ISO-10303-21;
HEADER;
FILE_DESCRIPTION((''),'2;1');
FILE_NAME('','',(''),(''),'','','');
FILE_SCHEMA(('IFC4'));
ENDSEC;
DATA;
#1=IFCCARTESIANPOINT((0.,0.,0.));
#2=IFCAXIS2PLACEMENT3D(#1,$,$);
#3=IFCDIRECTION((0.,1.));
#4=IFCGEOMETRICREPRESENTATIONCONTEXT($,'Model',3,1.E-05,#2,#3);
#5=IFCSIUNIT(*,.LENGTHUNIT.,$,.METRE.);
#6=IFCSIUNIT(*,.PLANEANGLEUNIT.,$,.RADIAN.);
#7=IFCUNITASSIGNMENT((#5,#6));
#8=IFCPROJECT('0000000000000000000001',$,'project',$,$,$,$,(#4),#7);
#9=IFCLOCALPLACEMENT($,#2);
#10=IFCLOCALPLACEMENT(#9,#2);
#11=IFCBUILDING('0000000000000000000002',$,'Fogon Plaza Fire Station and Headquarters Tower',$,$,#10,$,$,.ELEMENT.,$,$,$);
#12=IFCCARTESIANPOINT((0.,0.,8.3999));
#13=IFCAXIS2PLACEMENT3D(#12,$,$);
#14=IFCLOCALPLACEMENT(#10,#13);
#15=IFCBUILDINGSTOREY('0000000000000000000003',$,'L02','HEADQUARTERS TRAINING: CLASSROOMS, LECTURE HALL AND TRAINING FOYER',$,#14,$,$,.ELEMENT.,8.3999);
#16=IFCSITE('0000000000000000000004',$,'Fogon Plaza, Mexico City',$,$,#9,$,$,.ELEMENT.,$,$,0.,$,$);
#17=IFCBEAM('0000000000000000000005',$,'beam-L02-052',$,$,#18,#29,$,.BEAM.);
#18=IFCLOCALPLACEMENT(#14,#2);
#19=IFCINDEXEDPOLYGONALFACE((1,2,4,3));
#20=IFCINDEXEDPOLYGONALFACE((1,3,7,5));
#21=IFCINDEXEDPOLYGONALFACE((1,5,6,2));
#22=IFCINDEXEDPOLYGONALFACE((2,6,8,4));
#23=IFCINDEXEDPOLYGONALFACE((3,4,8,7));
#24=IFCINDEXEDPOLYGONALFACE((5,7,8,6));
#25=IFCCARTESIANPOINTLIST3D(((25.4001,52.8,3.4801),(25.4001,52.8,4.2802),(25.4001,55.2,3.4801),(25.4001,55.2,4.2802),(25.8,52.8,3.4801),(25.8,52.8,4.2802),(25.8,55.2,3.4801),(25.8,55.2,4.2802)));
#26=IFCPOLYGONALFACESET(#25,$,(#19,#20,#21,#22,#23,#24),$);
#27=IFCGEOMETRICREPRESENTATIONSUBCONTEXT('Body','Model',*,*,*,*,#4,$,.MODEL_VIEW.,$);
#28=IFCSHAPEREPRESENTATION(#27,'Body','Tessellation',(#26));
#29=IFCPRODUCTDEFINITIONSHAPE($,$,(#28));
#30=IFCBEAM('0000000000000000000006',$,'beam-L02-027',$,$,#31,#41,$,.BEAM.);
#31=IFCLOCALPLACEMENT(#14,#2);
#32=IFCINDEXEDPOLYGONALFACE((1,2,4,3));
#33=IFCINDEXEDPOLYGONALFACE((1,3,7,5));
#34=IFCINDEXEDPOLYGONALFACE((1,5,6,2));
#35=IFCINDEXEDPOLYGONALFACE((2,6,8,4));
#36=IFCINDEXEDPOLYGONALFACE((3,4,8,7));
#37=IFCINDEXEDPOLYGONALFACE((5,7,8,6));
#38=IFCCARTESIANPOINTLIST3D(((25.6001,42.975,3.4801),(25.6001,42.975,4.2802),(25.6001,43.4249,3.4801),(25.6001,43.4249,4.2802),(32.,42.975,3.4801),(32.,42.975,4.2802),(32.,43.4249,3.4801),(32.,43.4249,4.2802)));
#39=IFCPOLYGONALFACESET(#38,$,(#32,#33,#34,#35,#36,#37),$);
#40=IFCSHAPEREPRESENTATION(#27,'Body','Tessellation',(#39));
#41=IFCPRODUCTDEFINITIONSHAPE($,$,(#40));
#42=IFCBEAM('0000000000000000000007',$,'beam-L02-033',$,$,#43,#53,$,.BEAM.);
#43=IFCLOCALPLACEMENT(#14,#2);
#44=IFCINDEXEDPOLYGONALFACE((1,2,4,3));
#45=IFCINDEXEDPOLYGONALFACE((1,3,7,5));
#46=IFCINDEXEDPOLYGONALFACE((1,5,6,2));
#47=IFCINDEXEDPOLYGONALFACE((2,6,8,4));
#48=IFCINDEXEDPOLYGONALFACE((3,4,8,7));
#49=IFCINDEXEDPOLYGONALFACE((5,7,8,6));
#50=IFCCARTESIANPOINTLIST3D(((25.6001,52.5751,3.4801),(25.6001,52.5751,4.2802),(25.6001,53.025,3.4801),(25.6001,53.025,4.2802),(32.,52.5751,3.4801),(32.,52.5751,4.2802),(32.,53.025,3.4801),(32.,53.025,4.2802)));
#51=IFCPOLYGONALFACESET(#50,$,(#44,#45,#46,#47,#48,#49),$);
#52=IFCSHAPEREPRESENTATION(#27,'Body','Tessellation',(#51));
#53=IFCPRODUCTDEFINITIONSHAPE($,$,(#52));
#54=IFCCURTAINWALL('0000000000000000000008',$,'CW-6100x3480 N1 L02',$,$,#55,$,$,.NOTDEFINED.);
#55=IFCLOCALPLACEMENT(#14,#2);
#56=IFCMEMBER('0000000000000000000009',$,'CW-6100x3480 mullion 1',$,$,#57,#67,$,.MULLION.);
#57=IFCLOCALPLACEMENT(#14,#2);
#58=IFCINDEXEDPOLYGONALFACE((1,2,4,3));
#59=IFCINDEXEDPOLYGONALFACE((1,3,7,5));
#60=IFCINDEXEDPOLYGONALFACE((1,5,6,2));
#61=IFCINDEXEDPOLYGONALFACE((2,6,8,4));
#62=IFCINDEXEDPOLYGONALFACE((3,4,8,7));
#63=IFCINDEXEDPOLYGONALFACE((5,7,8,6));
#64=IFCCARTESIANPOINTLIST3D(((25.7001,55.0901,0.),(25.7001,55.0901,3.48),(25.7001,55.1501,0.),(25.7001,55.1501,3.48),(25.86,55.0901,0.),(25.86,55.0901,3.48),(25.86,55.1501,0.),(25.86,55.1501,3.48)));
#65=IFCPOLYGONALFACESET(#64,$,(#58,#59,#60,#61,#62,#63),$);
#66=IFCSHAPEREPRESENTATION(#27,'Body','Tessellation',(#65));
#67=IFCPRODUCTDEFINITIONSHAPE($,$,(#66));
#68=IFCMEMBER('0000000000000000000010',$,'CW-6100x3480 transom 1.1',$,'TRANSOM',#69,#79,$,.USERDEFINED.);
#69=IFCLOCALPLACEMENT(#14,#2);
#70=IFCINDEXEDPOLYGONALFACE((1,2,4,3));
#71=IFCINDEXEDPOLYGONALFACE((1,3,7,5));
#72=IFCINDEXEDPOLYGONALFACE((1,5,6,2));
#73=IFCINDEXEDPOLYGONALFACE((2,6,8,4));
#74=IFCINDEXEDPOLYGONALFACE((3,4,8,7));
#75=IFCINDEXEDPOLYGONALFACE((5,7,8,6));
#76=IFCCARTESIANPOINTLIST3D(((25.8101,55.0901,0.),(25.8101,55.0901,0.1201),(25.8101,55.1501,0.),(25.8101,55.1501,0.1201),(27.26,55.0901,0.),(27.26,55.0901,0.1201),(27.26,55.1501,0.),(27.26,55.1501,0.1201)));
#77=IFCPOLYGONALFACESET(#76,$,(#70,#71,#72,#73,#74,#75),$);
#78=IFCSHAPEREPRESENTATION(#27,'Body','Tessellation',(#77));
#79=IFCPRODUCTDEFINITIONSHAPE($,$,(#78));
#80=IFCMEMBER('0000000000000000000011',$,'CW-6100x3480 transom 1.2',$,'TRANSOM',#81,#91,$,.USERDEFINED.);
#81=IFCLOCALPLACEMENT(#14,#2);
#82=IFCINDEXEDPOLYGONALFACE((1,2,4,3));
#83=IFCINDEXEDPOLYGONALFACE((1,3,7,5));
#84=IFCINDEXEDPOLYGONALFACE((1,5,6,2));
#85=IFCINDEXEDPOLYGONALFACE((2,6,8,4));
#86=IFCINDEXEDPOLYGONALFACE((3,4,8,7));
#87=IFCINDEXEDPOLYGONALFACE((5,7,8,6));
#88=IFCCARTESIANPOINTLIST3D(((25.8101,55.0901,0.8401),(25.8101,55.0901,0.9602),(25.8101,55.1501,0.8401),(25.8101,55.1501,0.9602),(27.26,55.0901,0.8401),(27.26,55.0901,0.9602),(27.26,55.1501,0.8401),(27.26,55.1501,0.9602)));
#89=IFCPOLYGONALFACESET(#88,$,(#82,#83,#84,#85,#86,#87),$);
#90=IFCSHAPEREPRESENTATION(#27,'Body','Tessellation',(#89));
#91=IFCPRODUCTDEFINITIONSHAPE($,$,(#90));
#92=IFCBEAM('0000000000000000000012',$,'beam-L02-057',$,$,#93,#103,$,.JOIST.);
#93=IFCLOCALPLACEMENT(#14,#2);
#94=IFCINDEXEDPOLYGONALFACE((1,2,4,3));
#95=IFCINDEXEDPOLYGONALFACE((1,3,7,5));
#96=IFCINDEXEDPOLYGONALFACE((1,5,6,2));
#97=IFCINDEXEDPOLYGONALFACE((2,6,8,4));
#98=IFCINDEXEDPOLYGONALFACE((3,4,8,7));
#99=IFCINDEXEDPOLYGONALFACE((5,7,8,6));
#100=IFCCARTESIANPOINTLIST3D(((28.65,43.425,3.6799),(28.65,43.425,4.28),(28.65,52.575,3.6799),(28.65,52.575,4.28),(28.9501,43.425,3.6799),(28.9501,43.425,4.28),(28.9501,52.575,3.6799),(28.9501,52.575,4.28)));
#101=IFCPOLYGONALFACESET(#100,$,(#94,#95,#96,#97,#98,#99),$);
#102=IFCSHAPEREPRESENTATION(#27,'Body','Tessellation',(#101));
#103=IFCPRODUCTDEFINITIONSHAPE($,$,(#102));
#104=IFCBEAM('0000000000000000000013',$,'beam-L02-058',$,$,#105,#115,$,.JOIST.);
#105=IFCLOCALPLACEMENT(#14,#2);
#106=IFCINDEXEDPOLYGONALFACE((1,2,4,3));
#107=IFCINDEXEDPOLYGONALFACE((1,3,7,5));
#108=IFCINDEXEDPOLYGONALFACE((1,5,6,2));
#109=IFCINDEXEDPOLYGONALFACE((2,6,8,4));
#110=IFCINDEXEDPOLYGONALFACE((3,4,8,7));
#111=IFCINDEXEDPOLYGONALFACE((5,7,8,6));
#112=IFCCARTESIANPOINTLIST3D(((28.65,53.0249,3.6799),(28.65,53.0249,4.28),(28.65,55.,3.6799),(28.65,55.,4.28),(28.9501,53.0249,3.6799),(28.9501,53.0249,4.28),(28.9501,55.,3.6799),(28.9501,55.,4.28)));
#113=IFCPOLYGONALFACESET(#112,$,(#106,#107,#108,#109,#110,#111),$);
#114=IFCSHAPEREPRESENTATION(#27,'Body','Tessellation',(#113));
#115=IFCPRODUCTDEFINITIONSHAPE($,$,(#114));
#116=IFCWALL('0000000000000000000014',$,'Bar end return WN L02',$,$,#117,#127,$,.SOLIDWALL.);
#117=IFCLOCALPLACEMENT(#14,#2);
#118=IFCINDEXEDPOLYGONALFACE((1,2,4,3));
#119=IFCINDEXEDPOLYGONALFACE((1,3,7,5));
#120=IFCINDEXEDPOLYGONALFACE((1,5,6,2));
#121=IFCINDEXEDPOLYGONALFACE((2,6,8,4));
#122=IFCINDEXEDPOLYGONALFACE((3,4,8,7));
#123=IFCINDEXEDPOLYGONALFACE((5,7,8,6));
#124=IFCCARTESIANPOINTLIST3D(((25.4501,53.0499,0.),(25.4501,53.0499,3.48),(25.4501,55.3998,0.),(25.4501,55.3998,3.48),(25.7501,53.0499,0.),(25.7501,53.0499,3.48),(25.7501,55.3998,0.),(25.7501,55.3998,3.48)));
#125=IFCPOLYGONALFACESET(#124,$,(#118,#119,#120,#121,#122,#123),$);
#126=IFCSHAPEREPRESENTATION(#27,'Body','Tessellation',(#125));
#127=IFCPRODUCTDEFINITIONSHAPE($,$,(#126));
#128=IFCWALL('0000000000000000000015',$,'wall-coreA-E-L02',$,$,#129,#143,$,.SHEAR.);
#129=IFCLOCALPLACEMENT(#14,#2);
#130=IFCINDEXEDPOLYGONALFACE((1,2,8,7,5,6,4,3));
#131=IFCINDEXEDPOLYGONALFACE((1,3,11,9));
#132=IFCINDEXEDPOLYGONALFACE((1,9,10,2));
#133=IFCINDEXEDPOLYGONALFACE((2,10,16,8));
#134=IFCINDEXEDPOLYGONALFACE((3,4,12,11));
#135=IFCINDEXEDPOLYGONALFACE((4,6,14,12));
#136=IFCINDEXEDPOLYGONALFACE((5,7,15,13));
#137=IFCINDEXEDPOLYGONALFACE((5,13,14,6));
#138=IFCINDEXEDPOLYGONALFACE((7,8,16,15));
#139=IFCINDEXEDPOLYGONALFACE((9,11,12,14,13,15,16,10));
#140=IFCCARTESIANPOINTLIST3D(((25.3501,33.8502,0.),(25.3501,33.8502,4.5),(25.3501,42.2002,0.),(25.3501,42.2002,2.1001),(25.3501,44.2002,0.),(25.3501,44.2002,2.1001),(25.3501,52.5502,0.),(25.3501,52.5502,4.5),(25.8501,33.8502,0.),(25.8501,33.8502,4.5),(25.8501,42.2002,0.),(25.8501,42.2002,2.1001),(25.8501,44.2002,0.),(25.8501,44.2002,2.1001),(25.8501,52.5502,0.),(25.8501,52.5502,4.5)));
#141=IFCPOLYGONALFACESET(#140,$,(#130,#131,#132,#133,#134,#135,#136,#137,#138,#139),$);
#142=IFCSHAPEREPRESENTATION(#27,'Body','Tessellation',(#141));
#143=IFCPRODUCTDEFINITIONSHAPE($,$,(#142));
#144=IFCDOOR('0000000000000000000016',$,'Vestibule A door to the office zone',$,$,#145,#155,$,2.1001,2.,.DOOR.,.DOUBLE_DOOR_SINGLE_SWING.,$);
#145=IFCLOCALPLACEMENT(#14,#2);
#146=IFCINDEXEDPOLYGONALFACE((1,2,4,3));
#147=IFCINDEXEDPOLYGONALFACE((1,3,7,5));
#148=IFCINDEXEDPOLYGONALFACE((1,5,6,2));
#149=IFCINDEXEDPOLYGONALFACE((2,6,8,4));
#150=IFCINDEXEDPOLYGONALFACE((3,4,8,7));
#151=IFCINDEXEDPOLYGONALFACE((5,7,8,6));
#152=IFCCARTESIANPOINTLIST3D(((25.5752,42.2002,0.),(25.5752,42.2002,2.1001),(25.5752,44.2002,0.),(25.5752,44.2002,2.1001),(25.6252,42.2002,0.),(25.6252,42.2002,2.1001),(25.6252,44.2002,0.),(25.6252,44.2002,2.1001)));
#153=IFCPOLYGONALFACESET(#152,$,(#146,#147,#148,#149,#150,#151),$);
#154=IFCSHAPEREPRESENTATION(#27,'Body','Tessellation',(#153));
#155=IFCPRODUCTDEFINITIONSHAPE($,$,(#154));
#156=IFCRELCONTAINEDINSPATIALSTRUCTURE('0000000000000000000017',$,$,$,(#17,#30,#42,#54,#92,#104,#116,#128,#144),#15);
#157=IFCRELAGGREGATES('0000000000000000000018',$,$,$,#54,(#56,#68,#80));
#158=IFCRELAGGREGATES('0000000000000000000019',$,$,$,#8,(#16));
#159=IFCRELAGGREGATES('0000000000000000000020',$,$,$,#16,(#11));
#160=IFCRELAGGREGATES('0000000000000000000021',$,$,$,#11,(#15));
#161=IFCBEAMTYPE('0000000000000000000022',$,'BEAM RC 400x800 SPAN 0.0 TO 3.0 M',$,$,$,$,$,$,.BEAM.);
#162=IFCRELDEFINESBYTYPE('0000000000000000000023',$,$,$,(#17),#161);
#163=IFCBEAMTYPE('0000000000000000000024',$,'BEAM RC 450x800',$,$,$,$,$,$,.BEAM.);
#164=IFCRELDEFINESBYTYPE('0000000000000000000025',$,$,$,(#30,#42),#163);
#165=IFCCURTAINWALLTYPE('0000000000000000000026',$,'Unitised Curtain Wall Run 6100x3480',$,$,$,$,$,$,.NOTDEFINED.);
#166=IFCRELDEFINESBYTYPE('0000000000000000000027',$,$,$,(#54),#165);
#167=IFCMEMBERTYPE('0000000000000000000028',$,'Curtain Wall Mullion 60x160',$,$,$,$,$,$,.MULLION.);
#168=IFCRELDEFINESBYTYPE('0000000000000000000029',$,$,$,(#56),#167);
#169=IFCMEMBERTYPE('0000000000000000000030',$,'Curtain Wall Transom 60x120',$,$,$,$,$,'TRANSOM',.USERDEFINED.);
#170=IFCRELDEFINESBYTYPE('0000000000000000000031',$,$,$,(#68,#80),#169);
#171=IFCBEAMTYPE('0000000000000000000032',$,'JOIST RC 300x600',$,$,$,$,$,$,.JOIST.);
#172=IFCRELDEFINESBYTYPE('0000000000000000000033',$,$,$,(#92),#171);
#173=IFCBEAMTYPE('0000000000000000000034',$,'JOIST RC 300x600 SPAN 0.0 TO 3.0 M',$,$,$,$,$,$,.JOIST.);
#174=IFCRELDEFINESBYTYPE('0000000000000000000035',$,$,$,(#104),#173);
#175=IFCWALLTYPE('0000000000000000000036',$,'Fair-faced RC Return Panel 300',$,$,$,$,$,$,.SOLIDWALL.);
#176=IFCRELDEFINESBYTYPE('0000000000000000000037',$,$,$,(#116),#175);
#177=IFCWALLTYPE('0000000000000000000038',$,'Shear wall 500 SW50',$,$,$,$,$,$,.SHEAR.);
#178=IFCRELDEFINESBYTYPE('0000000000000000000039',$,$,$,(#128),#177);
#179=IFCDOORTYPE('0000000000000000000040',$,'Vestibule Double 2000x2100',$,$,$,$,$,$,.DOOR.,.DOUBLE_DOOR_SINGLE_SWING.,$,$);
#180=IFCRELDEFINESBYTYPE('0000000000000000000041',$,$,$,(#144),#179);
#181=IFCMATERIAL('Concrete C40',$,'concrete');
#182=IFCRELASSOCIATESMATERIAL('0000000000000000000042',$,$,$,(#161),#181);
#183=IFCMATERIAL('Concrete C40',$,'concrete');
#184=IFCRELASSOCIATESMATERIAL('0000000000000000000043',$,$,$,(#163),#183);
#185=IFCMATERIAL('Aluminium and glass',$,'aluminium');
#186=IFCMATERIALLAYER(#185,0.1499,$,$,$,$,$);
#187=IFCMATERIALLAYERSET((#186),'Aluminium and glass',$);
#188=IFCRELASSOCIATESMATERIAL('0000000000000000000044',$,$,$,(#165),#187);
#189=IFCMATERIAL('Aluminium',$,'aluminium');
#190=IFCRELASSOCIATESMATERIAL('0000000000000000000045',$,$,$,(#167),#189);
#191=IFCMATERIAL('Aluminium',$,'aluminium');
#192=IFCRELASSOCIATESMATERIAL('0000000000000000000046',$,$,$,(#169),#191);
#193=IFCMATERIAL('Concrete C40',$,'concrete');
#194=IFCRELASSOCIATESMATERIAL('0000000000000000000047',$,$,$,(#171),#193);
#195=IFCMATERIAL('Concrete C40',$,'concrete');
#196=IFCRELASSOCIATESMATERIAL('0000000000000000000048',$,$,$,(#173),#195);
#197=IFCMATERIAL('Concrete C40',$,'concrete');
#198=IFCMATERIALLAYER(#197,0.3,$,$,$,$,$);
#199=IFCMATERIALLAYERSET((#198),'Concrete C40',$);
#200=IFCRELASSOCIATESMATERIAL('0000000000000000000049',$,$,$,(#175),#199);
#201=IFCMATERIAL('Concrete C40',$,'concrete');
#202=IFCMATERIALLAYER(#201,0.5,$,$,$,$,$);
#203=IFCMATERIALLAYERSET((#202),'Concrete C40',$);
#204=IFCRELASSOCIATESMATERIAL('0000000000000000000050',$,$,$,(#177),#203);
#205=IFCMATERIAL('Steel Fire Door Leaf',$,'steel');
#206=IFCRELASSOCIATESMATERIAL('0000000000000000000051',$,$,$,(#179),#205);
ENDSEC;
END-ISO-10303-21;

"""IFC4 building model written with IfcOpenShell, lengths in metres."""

from ifc_helpers import new_model, si_unit, direction, frame, frame_2d, origin, origin_2d, place, context, subcontext, project, spatial, rectangle, extrude, material, layer, layer_set, material_profile, profile_set, type_object, element, fill, aggregate, save


model = new_model("IFC4")

# Units and contexts
model_context = context("Model", 3, precision=1e-05, world=origin(), true_north=direction((0.0, 1.0)))
body_context = subcontext(model_context, "Body", "Model", "MODEL_VIEW")
ifc_project = project(units=[si_unit("LENGTHUNIT", "METRE"), si_unit("PLANEANGLEUNIT", "RADIAN")], contexts=[model_context])

# Site, building, storey
site_placement = place(None, origin())
site = spatial("IfcSite", under=ifc_project, at=site_placement, Name="Fogon Plaza, Mexico City", CompositionType="ELEMENT", RefElevation=0.0)
building_placement = place(site_placement, origin())
building = spatial("IfcBuilding", under=site, at=building_placement, Name="Fogon Plaza Fire Station and Headquarters Tower", CompositionType="ELEMENT")
storey_placement = place(building_placement, frame((0.0, 0.0, 8.3999)))
storey = spatial("IfcBuildingStorey", under=building, at=storey_placement, Name="L02", Description="HEADQUARTERS TRAINING: CLASSROOMS, LECTURE HALL AND TRAINING FOYER", CompositionType="ELEMENT", Elevation=8.3999)

# Beams
ifc_material_1 = material(Name="Concrete C40", Category="concrete")
ifc_material_profile_1 = material_profile(ifc_material_1, rectangle(XDim=0.3999, YDim=0.8, at=origin_2d()), Name="RC 400x800")
ifc_profile_set_1 = profile_set([ifc_material_profile_1], Name="Concrete C40")
beam_type_1 = type_object("IfcBeamType", Name="BEAM RC 400x800 SPAN 0.0 TO 3.0 M", PredefinedType="BEAM", material=ifc_profile_set_1)
beam_1_placement = place(storey_placement, frame((25.6001, 52.8, 3.8801), z_axis=(0.0, 1.0, 0.0), x_axis=(-1.0, 0.0, 0.0)))
element("IfcBeam", 1, at=beam_1_placement, inside=storey, type_object=beam_type_1, Name="beam-L02-052", PredefinedType="BEAM", context=body_context, shape_type="SweptSolid", body=[
    extrude(rectangle(XDim=0.3999, YDim=0.8, at=origin_2d()), origin(), (0.0, 0.0, 1.0), 2.3999),
])
ifc_material_2 = material(Name="Concrete C40", Category="concrete")
ifc_material_profile_2 = material_profile(ifc_material_2, rectangle(XDim=0.45, YDim=0.8, at=origin_2d()), Name="RC 450x800")
ifc_profile_set_2 = profile_set([ifc_material_profile_2], Name="Concrete C40")
beam_type_2 = type_object("IfcBeamType", Name="BEAM RC 450x800", PredefinedType="BEAM", material=ifc_profile_set_2)
for number, where, z_axis, x_axis, name in (
    (2, (25.6001, 43.2, 3.8801), (1.0, 0.0, 0.0), (0.0, 1.0, 0.0), "beam-L02-027"),
    (3, (25.6001, 52.8, 3.8801), (1.0, 0.0, 0.0), (0.0, 1.0, 0.0), "beam-L02-033"),
):
    element("IfcBeam", number, at=place(storey_placement, frame(where, z_axis=z_axis, x_axis=x_axis)), inside=storey, type_object=beam_type_2, Name=name, PredefinedType="BEAM", context=body_context, shape_type="SweptSolid", body=[
        extrude(rectangle(XDim=0.45, YDim=0.8, at=origin_2d()), origin(), (0.0, 0.0, 1.0), 6.3999),
    ])

# Curtain wall, members
ifc_material_3 = material(Name="Aluminium and glass", Category="aluminium")
ifc_layer_1 = layer(ifc_material_3, 0.1499)
ifc_layer_set_1 = layer_set([ifc_layer_1], Name="Aluminium and glass")
curtain_wall_type = type_object("IfcCurtainWallType", Name="Unitised Curtain Wall Run 6100x3480", PredefinedType="NOTDEFINED", material=ifc_layer_set_1)
curtain_wall_placement = place(storey_placement, origin())
curtain_wall = element("IfcCurtainWall", 4, at=curtain_wall_placement, inside=storey, type_object=curtain_wall_type, Name="CW-6100x3480 N1 L02", PredefinedType="NOTDEFINED")
ifc_material_4 = material(Name="Aluminium", Category="aluminium")
ifc_material_profile_3 = material_profile(ifc_material_4, rectangle(XDim=0.0601, YDim=0.1599, at=origin_2d()), Name="Curtain Wall Mullion 60x160")
ifc_profile_set_3 = profile_set([ifc_material_profile_3], Name="Aluminium")
member_type_1 = type_object("IfcMemberType", Name="Curtain Wall Mullion 60x160", PredefinedType="MULLION", material=ifc_profile_set_3)
member_1_placement = place(storey_placement, frame((25.78, 55.1201, 0.0), z_axis=(0.0, 0.0, 1.0), x_axis=(0.0, 1.0, 0.0)))
member_1 = element("IfcMember", 5, at=member_1_placement, type_object=member_type_1, Name="CW-6100x3480 mullion 1", PredefinedType="MULLION", context=body_context, shape_type="SweptSolid", body=[
    extrude(rectangle(XDim=0.0601, YDim=0.1599, at=origin_2d()), origin(), (0.0, 0.0, 1.0), 3.48),
])
ifc_material_5 = material(Name="Aluminium", Category="aluminium")
ifc_material_profile_4 = material_profile(ifc_material_5, rectangle(XDim=0.0601, YDim=0.1201, at=origin_2d()), Name="Curtain Wall Transom 60x120")
ifc_profile_set_4 = profile_set([ifc_material_profile_4], Name="Aluminium")
member_type_2 = type_object("IfcMemberType", Name="Curtain Wall Transom 60x120", ElementType="TRANSOM", PredefinedType="USERDEFINED", material=ifc_profile_set_4)
member_2_placement = place(storey_placement, frame((25.8101, 55.1201, 0.0601), z_axis=(1.0, 0.0, 0.0), x_axis=(0.0, 1.0, 0.0)))
member_2 = element("IfcMember", 6, at=member_2_placement, type_object=member_type_2, Name="CW-6100x3480 transom 1.1", ObjectType="TRANSOM", PredefinedType="USERDEFINED", context=body_context, shape_type="SweptSolid", body=[
    extrude(rectangle(XDim=0.0601, YDim=0.1201, at=origin_2d()), origin(), (0.0, 0.0, 1.0), 1.45),
])
member_3_placement = place(storey_placement, frame((25.8101, 55.1201, 0.9001), z_axis=(1.0, 0.0, 0.0), x_axis=(0.0, 1.0, 0.0)))
member_3 = element("IfcMember", 7, at=member_3_placement, type_object=member_type_2, Name="CW-6100x3480 transom 1.2", ObjectType="TRANSOM", PredefinedType="USERDEFINED", context=body_context, shape_type="SweptSolid", body=[
    extrude(rectangle(XDim=0.0601, YDim=0.1201, at=origin_2d()), origin(), (0.0, 0.0, 1.0), 1.45),
])
aggregate(curtain_wall, [member_1, member_2, member_3])

# Beams
ifc_material_6 = material(Name="Concrete C40", Category="concrete")
ifc_material_profile_5 = material_profile(ifc_material_6, rectangle(XDim=0.3, YDim=0.6001, at=origin_2d()), Name="RC 300x600")
ifc_profile_set_5 = profile_set([ifc_material_profile_5], Name="Concrete C40")
beam_type_3 = type_object("IfcBeamType", Name="JOIST RC 300x600", PredefinedType="JOIST", material=ifc_profile_set_5)
beam_2_placement = place(storey_placement, frame((28.8, 43.425, 3.98), z_axis=(0.0, 1.0, 0.0), x_axis=(-1.0, 0.0, 0.0)))
element("IfcBeam", 8, at=beam_2_placement, inside=storey, type_object=beam_type_3, Name="beam-L02-057", PredefinedType="JOIST", context=body_context, shape_type="SweptSolid", body=[
    extrude(rectangle(XDim=0.3, YDim=0.6001, at=origin_2d()), origin(), (0.0, 0.0, 1.0), 9.1499),
])
ifc_material_7 = material(Name="Concrete C40", Category="concrete")
ifc_material_profile_6 = material_profile(ifc_material_7, rectangle(XDim=0.3, YDim=0.6001, at=origin_2d()), Name="RC 300x600")
ifc_profile_set_6 = profile_set([ifc_material_profile_6], Name="Concrete C40")
beam_type_4 = type_object("IfcBeamType", Name="JOIST RC 300x600 SPAN 0.0 TO 3.0 M", PredefinedType="JOIST", material=ifc_profile_set_6)
beam_3_placement = place(storey_placement, frame((28.8, 53.0249, 3.98), z_axis=(0.0, 1.0, 0.0), x_axis=(-1.0, 0.0, 0.0)))
element("IfcBeam", 9, at=beam_3_placement, inside=storey, type_object=beam_type_4, Name="beam-L02-058", PredefinedType="JOIST", context=body_context, shape_type="SweptSolid", body=[
    extrude(rectangle(XDim=0.3, YDim=0.6001, at=origin_2d()), origin(), (0.0, 0.0, 1.0), 1.9751),
])

# Wall
ifc_material_8 = material(Name="Concrete C40", Category="concrete")
ifc_layer_2 = layer(ifc_material_8, 0.3)
ifc_layer_set_2 = layer_set([ifc_layer_2], Name="Concrete C40")
wall_type_1 = type_object("IfcWallType", Name="Fair-faced RC Return Panel 300", PredefinedType="SOLIDWALL", material=ifc_layer_set_2)
wall_1_placement = place(storey_placement, frame((25.6001, 53.05, 0.0), z_axis=(0.0, 0.0, 1.0), x_axis=(0.0, 1.0, 0.0)))
element("IfcWall", 10, at=wall_1_placement, inside=storey, type_object=wall_type_1, Name="Bar end return WN L02", PredefinedType="SOLIDWALL", context=body_context, shape_type="SweptSolid", body=[
    extrude(rectangle(XDim=2.3499, YDim=0.3, at=frame_2d((1.1748, 0.0))), origin(), (0.0, 0.0, 1.0), 3.48),
])

# Wall, opening, door
ifc_material_9 = material(Name="Concrete C40", Category="concrete")
ifc_layer_3 = layer(ifc_material_9, 0.5)
ifc_layer_set_3 = layer_set([ifc_layer_3], Name="Concrete C40")
wall_type_2 = type_object("IfcWallType", Name="Shear wall 500 SW50", PredefinedType="SHEAR", material=ifc_layer_set_3)
wall_2_placement = place(storey_placement, frame((25.6001, 33.8501, 0.0), z_axis=(0.0, 0.0, 1.0), x_axis=(0.0, 1.0, 0.0)))
wall_2 = element("IfcWall", 11, at=wall_2_placement, inside=storey, type_object=wall_type_2, Name="wall-coreA-E-L02", PredefinedType="SHEAR", context=body_context, shape_type="SweptSolid", body=[
    extrude(rectangle(XDim=18.7, YDim=0.5, at=frame_2d((9.3501, 0.0))), origin(), (0.0, 0.0, 1.0), 4.5),
])
opening_1_placement = place(wall_2_placement, frame((8.3501, 0.0, 0.0)))
opening_1 = element("IfcOpeningElement", 12, at=opening_1_placement, cuts=wall_2, PredefinedType="OPENING", context=body_context, shape_type="SweptSolid", body=[
    extrude(rectangle(XDim=2.0, YDim=2.1001, at=frame_2d((1.0, 1.05))), frame((0.0, 0.26, 0.0), z_axis=(0.0, -1.0, 0.0), x_axis=(1.0, 0.0, 0.0)), (0.0, 0.0, 1.0), 0.52),
])
ifc_material_10 = material(Name="Steel Fire Door Leaf", Category="steel")
door_type_1 = type_object("IfcDoorType", Name="Vestibule Double 2000x2100", OperationType="DOUBLE_DOOR_SINGLE_SWING", PredefinedType="DOOR", material=ifc_material_10)
door_1_placement = place(opening_1_placement, origin())
door_1 = element("IfcDoor", 13, at=door_1_placement, inside=storey, type_object=door_type_1, Name="Vestibule A door to the office zone", OperationType="DOUBLE_DOOR_SINGLE_SWING", OverallHeight=2.1001, OverallWidth=2.0, PredefinedType="DOOR", context=body_context, shape_type="SweptSolid", body=[
    extrude(rectangle(XDim=2.0, YDim=2.1001, at=frame_2d((1.0, 1.05))), frame((0.0, 0.0249, 0.0), z_axis=(0.0, -1.0, 0.0), x_axis=(1.0, 0.0, 0.0)), (0.0, 0.0, 1.0), 0.05),
])
fill(opening_1, door_1)

save(model, "model.ifc")
